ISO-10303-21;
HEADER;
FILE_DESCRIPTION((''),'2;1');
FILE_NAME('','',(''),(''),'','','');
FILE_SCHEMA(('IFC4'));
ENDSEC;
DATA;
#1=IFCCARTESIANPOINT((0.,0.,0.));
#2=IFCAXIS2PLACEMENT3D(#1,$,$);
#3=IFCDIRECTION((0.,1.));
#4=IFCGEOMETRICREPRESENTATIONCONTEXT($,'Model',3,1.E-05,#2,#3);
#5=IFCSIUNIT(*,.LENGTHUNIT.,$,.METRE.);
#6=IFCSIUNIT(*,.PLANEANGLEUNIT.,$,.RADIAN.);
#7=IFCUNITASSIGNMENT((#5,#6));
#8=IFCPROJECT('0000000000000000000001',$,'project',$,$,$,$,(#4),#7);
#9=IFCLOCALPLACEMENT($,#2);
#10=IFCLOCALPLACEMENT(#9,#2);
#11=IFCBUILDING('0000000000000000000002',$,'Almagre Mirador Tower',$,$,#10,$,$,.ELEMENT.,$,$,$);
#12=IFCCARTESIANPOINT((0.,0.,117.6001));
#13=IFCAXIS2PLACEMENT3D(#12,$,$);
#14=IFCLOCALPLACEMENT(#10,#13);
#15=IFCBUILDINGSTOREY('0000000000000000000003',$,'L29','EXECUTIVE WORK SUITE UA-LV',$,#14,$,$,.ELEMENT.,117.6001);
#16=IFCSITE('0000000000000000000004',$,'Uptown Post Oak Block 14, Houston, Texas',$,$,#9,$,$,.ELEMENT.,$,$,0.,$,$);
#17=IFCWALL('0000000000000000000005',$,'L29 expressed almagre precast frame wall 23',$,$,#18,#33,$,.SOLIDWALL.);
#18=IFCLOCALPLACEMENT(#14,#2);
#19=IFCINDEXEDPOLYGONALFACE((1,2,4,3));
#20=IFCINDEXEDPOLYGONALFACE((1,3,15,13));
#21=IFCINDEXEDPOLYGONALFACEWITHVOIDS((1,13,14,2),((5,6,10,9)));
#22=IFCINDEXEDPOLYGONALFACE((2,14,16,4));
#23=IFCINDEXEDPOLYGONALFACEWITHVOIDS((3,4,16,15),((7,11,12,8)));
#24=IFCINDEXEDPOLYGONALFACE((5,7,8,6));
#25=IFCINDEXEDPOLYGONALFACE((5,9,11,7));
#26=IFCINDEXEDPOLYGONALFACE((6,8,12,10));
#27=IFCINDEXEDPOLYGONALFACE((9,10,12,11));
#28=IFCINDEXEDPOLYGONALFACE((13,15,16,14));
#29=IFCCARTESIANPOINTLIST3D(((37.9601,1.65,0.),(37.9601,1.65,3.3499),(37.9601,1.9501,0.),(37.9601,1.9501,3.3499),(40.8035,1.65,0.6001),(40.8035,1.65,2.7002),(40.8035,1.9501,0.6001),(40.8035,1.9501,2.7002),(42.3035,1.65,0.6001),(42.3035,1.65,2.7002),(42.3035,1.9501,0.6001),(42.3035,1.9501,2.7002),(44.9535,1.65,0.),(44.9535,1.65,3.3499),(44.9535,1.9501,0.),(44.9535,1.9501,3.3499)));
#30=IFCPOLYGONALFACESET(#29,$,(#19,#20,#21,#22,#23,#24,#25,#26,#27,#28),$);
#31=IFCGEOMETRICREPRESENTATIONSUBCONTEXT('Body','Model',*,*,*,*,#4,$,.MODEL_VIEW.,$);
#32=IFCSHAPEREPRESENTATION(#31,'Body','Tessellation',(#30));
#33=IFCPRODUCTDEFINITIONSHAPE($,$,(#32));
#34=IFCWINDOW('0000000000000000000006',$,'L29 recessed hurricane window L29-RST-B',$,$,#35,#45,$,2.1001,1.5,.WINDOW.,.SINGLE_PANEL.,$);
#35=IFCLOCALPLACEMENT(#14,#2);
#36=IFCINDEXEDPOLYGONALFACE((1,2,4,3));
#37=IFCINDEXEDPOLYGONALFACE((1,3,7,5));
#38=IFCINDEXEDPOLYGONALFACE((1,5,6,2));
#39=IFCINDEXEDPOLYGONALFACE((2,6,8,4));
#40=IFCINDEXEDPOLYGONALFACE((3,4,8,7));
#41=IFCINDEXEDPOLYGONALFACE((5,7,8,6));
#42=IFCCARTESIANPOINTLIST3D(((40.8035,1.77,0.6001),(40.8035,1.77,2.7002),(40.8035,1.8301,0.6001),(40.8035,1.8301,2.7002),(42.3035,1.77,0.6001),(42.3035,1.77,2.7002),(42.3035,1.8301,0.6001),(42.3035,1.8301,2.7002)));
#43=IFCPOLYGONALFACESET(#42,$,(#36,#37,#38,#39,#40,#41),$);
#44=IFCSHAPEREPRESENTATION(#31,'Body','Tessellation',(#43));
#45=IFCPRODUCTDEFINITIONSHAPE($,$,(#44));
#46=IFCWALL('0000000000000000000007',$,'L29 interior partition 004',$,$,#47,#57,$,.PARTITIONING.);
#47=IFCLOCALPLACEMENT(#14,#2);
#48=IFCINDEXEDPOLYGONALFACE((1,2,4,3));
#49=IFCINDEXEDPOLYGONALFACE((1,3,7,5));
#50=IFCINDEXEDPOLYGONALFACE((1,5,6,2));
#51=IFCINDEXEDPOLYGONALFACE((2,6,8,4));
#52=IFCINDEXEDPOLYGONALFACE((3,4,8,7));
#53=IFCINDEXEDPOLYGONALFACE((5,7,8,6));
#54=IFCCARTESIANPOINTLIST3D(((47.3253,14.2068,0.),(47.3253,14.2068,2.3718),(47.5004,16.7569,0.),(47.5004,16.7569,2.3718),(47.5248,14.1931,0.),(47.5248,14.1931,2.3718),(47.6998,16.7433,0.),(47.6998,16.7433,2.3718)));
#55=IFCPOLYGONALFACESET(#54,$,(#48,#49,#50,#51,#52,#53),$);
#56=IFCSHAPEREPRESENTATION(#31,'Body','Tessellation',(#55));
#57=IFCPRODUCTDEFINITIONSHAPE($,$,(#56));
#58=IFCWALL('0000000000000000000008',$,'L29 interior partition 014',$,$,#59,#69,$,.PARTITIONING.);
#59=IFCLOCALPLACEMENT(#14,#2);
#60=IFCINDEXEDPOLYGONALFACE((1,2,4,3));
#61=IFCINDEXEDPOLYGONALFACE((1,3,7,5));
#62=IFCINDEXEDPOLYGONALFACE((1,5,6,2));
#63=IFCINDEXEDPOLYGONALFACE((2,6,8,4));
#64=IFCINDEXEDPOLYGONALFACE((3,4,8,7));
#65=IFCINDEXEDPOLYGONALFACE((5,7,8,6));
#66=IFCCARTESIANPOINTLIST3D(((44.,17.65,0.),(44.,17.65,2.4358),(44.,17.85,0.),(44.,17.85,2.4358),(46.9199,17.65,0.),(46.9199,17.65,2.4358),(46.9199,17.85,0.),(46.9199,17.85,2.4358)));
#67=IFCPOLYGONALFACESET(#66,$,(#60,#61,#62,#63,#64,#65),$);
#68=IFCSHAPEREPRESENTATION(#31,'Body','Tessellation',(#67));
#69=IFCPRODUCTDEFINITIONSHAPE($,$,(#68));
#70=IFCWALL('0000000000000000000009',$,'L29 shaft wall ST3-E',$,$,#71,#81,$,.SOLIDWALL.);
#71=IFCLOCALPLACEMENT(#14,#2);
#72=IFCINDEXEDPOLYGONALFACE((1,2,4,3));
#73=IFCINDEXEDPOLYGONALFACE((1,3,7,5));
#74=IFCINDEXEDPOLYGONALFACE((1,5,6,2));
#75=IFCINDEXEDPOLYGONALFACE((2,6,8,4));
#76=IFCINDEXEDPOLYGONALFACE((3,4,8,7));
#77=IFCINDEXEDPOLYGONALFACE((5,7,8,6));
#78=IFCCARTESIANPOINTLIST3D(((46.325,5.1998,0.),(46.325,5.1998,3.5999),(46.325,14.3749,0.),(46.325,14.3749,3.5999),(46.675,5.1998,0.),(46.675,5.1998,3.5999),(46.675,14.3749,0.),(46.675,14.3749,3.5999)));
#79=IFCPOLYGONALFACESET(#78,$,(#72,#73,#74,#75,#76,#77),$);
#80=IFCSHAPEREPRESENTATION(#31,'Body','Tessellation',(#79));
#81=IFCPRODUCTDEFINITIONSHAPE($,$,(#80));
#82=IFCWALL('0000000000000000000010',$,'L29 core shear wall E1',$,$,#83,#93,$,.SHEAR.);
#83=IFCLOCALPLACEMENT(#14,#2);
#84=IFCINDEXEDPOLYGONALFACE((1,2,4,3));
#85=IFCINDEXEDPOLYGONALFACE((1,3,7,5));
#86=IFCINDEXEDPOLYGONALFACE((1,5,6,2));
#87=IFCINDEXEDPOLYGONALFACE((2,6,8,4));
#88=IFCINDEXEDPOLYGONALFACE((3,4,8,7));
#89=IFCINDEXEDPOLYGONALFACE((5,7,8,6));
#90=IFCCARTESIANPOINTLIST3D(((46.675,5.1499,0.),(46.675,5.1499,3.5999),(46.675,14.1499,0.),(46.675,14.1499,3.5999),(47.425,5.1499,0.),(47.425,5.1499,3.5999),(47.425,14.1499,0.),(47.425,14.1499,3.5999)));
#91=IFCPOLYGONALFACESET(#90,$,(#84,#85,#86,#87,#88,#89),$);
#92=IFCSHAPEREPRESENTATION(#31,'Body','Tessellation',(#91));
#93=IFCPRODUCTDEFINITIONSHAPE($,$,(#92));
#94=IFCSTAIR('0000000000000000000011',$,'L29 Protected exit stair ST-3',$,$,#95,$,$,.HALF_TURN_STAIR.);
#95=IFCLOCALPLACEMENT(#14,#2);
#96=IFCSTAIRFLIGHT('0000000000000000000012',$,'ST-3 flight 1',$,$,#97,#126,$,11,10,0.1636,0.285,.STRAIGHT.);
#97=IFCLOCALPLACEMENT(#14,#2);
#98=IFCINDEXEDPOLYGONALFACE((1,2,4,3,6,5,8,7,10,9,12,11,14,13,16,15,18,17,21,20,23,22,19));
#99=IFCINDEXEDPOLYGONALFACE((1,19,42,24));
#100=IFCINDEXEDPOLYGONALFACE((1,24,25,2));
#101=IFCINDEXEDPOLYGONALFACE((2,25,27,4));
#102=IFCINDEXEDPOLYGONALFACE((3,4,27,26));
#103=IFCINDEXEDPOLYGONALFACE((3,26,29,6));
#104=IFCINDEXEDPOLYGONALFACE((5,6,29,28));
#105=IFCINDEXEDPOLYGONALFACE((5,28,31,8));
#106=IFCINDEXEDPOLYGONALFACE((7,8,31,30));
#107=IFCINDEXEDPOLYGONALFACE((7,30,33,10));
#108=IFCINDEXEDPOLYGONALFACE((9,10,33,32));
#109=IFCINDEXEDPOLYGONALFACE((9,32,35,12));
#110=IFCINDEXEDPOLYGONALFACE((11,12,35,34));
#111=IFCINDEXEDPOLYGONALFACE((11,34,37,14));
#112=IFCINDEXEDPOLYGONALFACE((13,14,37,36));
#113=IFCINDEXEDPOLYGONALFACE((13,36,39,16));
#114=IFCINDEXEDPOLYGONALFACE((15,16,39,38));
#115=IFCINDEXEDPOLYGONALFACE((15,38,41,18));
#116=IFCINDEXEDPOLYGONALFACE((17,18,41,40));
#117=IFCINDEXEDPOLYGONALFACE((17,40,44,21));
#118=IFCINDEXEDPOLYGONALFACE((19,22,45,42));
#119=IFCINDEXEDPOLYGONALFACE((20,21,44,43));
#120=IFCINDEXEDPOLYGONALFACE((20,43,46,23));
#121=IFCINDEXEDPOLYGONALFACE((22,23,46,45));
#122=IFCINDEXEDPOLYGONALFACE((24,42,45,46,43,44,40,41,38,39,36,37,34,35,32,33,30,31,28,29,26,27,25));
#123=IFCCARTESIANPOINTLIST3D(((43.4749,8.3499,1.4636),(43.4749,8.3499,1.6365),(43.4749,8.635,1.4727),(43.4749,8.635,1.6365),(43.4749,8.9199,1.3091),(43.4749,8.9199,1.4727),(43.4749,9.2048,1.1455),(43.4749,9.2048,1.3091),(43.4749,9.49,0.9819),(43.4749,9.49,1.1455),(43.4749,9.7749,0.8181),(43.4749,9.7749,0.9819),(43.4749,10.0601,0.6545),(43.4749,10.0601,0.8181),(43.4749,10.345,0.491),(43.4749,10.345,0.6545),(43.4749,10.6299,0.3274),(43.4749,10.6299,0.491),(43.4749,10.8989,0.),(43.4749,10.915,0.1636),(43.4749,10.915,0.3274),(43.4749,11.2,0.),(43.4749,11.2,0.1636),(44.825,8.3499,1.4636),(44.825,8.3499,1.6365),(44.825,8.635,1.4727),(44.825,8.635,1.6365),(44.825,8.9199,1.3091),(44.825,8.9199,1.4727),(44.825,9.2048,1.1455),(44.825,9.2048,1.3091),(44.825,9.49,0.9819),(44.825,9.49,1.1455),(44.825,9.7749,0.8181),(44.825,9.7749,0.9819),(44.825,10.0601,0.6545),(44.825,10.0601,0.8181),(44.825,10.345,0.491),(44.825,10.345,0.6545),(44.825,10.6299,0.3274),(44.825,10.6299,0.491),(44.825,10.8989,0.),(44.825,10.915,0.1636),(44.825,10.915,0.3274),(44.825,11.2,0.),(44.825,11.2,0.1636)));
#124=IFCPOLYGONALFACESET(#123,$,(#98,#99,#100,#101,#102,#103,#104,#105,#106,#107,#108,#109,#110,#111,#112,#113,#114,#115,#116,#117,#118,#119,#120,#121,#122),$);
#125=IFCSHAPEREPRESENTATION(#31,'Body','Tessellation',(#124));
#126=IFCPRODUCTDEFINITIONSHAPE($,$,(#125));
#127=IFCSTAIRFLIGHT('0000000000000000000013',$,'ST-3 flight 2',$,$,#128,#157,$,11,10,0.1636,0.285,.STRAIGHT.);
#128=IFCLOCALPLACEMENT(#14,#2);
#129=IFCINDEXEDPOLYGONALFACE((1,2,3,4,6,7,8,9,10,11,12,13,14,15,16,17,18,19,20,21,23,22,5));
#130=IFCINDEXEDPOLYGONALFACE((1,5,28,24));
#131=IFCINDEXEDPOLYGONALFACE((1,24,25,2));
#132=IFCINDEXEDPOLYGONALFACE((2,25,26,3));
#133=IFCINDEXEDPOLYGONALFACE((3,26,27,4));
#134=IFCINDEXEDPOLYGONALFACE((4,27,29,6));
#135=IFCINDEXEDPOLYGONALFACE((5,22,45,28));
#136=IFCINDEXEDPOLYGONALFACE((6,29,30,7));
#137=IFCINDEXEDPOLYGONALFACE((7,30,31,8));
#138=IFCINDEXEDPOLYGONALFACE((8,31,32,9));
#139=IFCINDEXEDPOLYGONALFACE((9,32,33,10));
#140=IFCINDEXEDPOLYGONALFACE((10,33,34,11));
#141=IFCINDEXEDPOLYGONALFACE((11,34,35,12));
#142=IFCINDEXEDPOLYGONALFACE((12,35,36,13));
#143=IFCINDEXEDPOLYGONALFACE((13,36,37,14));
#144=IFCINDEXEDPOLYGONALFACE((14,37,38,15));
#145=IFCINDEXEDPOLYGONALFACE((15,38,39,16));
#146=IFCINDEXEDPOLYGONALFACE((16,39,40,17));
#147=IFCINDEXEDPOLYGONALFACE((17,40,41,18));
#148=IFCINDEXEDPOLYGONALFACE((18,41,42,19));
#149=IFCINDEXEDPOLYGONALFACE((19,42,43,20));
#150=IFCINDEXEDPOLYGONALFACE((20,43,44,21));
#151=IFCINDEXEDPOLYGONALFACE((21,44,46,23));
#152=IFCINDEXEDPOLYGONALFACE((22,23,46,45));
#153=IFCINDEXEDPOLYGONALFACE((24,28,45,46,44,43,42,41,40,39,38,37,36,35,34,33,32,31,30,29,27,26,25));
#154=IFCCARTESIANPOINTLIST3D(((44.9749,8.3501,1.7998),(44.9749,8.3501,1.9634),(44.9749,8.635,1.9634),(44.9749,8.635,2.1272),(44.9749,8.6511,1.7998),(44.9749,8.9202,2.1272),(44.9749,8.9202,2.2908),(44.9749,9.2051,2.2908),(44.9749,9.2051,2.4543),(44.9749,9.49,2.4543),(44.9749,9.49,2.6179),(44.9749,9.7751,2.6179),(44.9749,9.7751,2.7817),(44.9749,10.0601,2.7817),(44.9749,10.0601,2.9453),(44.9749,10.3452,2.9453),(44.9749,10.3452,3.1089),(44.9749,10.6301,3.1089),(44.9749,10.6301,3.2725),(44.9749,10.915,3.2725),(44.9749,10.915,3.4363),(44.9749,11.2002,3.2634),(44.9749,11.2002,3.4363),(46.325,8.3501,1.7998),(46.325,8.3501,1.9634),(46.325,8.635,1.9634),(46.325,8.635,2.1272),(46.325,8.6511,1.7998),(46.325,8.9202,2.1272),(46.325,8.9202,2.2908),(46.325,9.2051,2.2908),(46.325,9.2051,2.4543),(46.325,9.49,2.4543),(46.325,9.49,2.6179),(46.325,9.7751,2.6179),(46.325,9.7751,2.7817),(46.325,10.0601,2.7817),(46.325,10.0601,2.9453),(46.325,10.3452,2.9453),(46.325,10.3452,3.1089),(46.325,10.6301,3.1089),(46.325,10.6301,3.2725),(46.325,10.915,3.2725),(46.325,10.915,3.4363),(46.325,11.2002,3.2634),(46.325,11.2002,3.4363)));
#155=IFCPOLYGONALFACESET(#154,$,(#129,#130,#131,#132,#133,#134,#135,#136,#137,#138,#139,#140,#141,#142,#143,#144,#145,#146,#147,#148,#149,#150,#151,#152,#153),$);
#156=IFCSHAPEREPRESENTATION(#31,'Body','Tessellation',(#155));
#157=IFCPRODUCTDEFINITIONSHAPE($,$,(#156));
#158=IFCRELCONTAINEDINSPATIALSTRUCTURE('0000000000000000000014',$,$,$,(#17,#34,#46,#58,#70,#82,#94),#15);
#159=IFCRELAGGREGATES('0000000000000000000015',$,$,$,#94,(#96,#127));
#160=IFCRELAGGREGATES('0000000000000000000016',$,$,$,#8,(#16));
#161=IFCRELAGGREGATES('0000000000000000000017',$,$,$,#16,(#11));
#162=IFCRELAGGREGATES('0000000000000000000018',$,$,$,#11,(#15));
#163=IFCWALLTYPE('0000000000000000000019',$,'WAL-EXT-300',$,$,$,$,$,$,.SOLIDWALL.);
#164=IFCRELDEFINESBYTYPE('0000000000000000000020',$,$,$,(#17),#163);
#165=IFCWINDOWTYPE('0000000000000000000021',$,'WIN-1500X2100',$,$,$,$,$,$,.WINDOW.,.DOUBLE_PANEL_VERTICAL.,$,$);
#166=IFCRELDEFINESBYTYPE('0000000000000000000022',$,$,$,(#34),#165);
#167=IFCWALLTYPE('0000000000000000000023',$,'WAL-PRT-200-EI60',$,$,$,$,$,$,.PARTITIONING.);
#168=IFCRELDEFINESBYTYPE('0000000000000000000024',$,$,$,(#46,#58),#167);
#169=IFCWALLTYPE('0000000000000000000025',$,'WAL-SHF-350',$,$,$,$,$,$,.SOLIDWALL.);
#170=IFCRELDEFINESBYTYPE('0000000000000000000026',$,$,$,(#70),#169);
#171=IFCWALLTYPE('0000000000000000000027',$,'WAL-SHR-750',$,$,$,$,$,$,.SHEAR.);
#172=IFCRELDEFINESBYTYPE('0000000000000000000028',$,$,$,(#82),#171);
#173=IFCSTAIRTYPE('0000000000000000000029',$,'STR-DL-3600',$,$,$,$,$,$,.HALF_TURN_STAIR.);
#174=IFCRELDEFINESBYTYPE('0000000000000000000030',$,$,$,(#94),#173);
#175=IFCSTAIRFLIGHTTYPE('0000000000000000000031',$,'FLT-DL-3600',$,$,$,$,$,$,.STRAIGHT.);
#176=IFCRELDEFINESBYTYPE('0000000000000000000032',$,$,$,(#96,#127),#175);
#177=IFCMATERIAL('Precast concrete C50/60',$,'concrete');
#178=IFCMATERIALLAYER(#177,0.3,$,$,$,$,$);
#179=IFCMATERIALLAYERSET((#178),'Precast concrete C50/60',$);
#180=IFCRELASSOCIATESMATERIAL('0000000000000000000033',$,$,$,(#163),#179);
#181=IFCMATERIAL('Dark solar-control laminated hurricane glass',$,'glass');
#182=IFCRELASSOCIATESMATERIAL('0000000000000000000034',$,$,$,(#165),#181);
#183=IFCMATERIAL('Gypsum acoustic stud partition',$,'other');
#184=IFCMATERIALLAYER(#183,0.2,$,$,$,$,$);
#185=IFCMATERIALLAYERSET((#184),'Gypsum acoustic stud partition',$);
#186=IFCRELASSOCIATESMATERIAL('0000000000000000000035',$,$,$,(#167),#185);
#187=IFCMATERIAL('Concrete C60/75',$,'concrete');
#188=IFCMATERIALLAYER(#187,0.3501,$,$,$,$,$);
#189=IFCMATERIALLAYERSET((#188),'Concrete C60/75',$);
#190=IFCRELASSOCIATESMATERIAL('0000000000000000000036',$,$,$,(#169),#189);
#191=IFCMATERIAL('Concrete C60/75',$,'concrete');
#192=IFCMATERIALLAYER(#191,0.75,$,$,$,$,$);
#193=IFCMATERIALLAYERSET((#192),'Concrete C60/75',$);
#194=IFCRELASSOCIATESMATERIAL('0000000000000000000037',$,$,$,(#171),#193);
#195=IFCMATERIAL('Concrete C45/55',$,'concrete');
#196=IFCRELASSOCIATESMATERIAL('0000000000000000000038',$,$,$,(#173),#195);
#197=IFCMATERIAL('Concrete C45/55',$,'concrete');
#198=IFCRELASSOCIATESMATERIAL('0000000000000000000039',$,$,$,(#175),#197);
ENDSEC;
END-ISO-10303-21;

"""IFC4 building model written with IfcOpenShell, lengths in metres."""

from ifc_helpers import new_model, si_unit, direction, frame, frame_2d, origin, place, context, subcontext, project, spatial, polyline, rectangle, outline, extrude, material, layer, layer_set, type_object, element, fill, aggregate, save


model = new_model("IFC4")

# Units and contexts
model_context = context("Model", 3, precision=1e-05, world=origin(), true_north=direction((0.0, 1.0)))
body_context = subcontext(model_context, "Body", "Model", "MODEL_VIEW")
ifc_project = project(units=[si_unit("LENGTHUNIT", "METRE"), si_unit("PLANEANGLEUNIT", "RADIAN")], contexts=[model_context])

# Site, building, storey
site_placement = place(None, origin())
site = spatial("IfcSite", under=ifc_project, at=site_placement, Name="Uptown Post Oak Block 14, Houston, Texas", CompositionType="ELEMENT", RefElevation=0.0)
building_placement = place(site_placement, origin())
building = spatial("IfcBuilding", under=site, at=building_placement, Name="Almagre Mirador Tower", CompositionType="ELEMENT")
storey_placement = place(building_placement, frame((0.0, 0.0, 117.6001)))
storey = spatial("IfcBuildingStorey", under=building, at=storey_placement, Name="L29", Description="EXECUTIVE WORK SUITE UA-LV", CompositionType="ELEMENT", Elevation=117.6001)

# Wall, opening, window
ifc_material_1 = material(Name="Precast concrete C50/60", Category="concrete")
ifc_layer_1 = layer(ifc_material_1, 0.3)
ifc_layer_set_1 = layer_set([ifc_layer_1], Name="Precast concrete C50/60")
wall_type_1 = type_object("IfcWallType", Name="WAL-EXT-300", PredefinedType="SOLIDWALL", material=ifc_layer_set_1)
wall_1_placement = place(storey_placement, frame((44.9534, 1.8, 0.0), z_axis=(0.0, 0.0, 1.0), x_axis=(-1.0, 0.0, 0.0)))
wall_1 = element("IfcWall", 1, at=wall_1_placement, inside=storey, type_object=wall_type_1, Name="L29 expressed almagre precast frame wall 23", PredefinedType="SOLIDWALL", context=body_context, shape_type="SweptSolid", body=[
    extrude(rectangle(XDim=6.9934, YDim=0.3, at=frame_2d((3.4966, 0.0))), origin(), (0.0, 0.0, 1.0), 3.3499),
])
opening_placement = place(wall_1_placement, frame((2.6499, 0.0, 0.6001)))
opening = element("IfcOpeningElement", 2, at=opening_placement, cuts=wall_1, PredefinedType="OPENING", context=body_context, shape_type="SweptSolid", body=[
    extrude(rectangle(XDim=1.5, YDim=2.1001, at=frame_2d((0.75, 1.05))), frame((0.0, 0.1599, 0.0), z_axis=(0.0, -1.0, 0.0), x_axis=(1.0, 0.0, 0.0)), (0.0, 0.0, 1.0), 0.32),
])
ifc_material_2 = material(Name="Dark solar-control laminated hurricane glass", Category="glass")
window_type = type_object("IfcWindowType", Name="WIN-1500X2100", PartitioningType="DOUBLE_PANEL_VERTICAL", PredefinedType="WINDOW", material=ifc_material_2)
window_placement = place(opening_placement, origin())
window = element("IfcWindow", 3, at=window_placement, inside=storey, type_object=window_type, Name="L29 recessed hurricane window L29-RST-B", OverallHeight=2.1001, OverallWidth=1.5, PartitioningType="SINGLE_PANEL", PredefinedType="WINDOW", context=body_context, shape_type="SweptSolid", body=[
    extrude(rectangle(XDim=1.5, YDim=2.1001, at=frame_2d((0.75, 1.05))), frame((0.0, 0.03, 0.0), z_axis=(0.0, -1.0, 0.0), x_axis=(1.0, 0.0, 0.0)), (0.0, 0.0, 1.0), 0.0601),
])
fill(opening, window)

# Walls
ifc_material_3 = material(Name="Gypsum acoustic stud partition", Category="other")
ifc_layer_2 = layer(ifc_material_3, 0.2)
ifc_layer_set_2 = layer_set([ifc_layer_2], Name="Gypsum acoustic stud partition")
wall_type_2 = type_object("IfcWallType", Name="WAL-PRT-200-EI60", PredefinedType="PARTITIONING", material=ifc_layer_set_2)
wall_2_placement = place(storey_placement, frame((47.425, 14.2, 0.0), z_axis=(0.0, 0.0, 1.0), x_axis=(0.068484, 0.997652, 0.0)))
element("IfcWall", 4, at=wall_2_placement, inside=storey, type_object=wall_type_2, Name="L29 interior partition 004", PredefinedType="PARTITIONING", context=body_context, shape_type="SweptSolid", body=[
    extrude(rectangle(XDim=2.5562, YDim=0.2, at=frame_2d((1.2781, 0.0))), origin(), (0.0, 0.0, 1.0), 2.3718),
])
wall_3_placement = place(storey_placement, frame((46.9199, 17.75, 0.0), z_axis=(0.0, 0.0, 1.0), x_axis=(-1.0, 0.0, 0.0)))
element("IfcWall", 5, at=wall_3_placement, inside=storey, type_object=wall_type_2, Name="L29 interior partition 014", PredefinedType="PARTITIONING", context=body_context, shape_type="SweptSolid", body=[
    extrude(rectangle(XDim=2.9199, YDim=0.2, at=frame_2d((1.46, 0.0))), origin(), (0.0, 0.0, 1.0), 2.4358),
])
ifc_material_4 = material(Name="Concrete C60/75", Category="concrete")
ifc_layer_3 = layer(ifc_material_4, 0.3501)
ifc_layer_set_3 = layer_set([ifc_layer_3], Name="Concrete C60/75")
wall_type_3 = type_object("IfcWallType", Name="WAL-SHF-350", PredefinedType="SOLIDWALL", material=ifc_layer_set_3)
wall_4_placement = place(storey_placement, frame((46.5, 5.2, 0.0), z_axis=(0.0, 0.0, 1.0), x_axis=(0.0, 1.0, 0.0)))
element("IfcWall", 6, at=wall_4_placement, inside=storey, type_object=wall_type_3, Name="L29 shaft wall ST3-E", PredefinedType="SOLIDWALL", context=body_context, shape_type="SweptSolid", body=[
    extrude(rectangle(XDim=9.175, YDim=0.3501, at=frame_2d((4.5874, 0.0))), origin(), (0.0, 0.0, 1.0), 3.5999),
])
ifc_material_5 = material(Name="Concrete C60/75", Category="concrete")
ifc_layer_4 = layer(ifc_material_5, 0.75)
ifc_layer_set_4 = layer_set([ifc_layer_4], Name="Concrete C60/75")
wall_type_4 = type_object("IfcWallType", Name="WAL-SHR-750", PredefinedType="SHEAR", material=ifc_layer_set_4)
wall_5_placement = place(storey_placement, frame((47.05, 5.1499, 0.0), z_axis=(0.0, 0.0, 1.0), x_axis=(0.0, 1.0, 0.0)))
element("IfcWall", 7, at=wall_5_placement, inside=storey, type_object=wall_type_4, Name="L29 core shear wall E1", PredefinedType="SHEAR", context=body_context, shape_type="SweptSolid", body=[
    extrude(rectangle(XDim=9.0, YDim=0.75, at=frame_2d((4.5, 0.0))), origin(), (0.0, 0.0, 1.0), 3.5999),
])

# Stair, stair flights
ifc_material_6 = material(Name="Concrete C45/55", Category="concrete")
stair_type = type_object("IfcStairType", Name="STR-DL-3600", PredefinedType="HALF_TURN_STAIR", material=ifc_material_6)
stair_placement = place(storey_placement, origin())
stair = element("IfcStair", 8, at=stair_placement, inside=storey, type_object=stair_type, Name="L29 Protected exit stair ST-3", PredefinedType="HALF_TURN_STAIR")
ifc_material_7 = material(Name="Concrete C45/55", Category="concrete")
stair_flight_type = type_object("IfcStairFlightType", Name="FLT-DL-3600", PredefinedType="STRAIGHT", material=ifc_material_7)
stair_flight_1_placement = place(storey_placement, frame((44.1499, 11.2, 0.0), z_axis=(0.0, 0.0, 1.0), x_axis=(0.0, -1.0, 0.0)))
stair_flight_1 = element("IfcStairFlight", 9, at=stair_flight_1_placement, type_object=stair_flight_type, Name="ST-3 flight 1", NumberOfRisers=11, NumberOfTreads=10, PredefinedType="STRAIGHT", RiserHeight=0.1636, TreadLength=0.285, context=body_context, shape_type="SweptSolid", body=[
    extrude(outline(polyline([(0.0, 0.0), (0.0, 0.1636), (0.2849, 0.1636), (0.2849, 0.3274), (0.5701, 0.3274), (0.5701, 0.491), (0.855, 0.491), (0.855, 0.6545), (1.1399, 0.6545), (1.1399, 0.8181), (1.425, 0.8181), (1.425, 0.9819), (1.71, 0.9819), (1.71, 1.1455), (1.9951, 1.1455), (1.9951, 1.3091), (2.28, 1.3091), (2.28, 1.4727), (2.5649, 1.4727), (2.5649, 1.6365), (2.8501, 1.6365), (2.8501, 1.8), (2.8501, 1.4636), (0.301, 0.0), (0.0, 0.0)])), frame((0.0, 0.675, 0.0), z_axis=(0.0, -1.0, 0.0), x_axis=(1.0, 0.0, 0.0)), (0.0, 0.0, 1.0), 1.3501),
])
stair_flight_2_placement = place(storey_placement, frame((45.6499, 8.3501, 1.7998), z_axis=(0.0, 0.0, 1.0), x_axis=(0.0, 1.0, 0.0)))
stair_flight_2 = element("IfcStairFlight", 10, at=stair_flight_2_placement, type_object=stair_flight_type, Name="ST-3 flight 2", NumberOfRisers=11, NumberOfTreads=10, PredefinedType="STRAIGHT", RiserHeight=0.1636, TreadLength=0.285, context=body_context, shape_type="SweptSolid", body=[
    extrude(outline(polyline([(0.0, 0.0), (0.0, 0.1636), (0.2849, 0.1636), (0.2849, 0.3274), (0.5701, 0.3274), (0.5701, 0.491), (0.855, 0.491), (0.855, 0.6545), (1.1399, 0.6545), (1.1399, 0.8181), (1.425, 0.8181), (1.425, 0.9819), (1.71, 0.9819), (1.71, 1.1455), (1.9951, 1.1455), (1.9951, 1.3091), (2.28, 1.3091), (2.28, 1.4727), (2.5649, 1.4727), (2.5649, 1.6365), (2.8501, 1.6365), (2.8501, 1.8), (2.8501, 1.4636), (0.301, 0.0), (0.0, 0.0)])), frame((0.0, 0.675, 0.0), z_axis=(0.0, -1.0, 0.0), x_axis=(1.0, 0.0, 0.0)), (0.0, 0.0, 1.0), 1.3501),
])
aggregate(stair, [stair_flight_1, stair_flight_2])

save(model, "model.ifc")
